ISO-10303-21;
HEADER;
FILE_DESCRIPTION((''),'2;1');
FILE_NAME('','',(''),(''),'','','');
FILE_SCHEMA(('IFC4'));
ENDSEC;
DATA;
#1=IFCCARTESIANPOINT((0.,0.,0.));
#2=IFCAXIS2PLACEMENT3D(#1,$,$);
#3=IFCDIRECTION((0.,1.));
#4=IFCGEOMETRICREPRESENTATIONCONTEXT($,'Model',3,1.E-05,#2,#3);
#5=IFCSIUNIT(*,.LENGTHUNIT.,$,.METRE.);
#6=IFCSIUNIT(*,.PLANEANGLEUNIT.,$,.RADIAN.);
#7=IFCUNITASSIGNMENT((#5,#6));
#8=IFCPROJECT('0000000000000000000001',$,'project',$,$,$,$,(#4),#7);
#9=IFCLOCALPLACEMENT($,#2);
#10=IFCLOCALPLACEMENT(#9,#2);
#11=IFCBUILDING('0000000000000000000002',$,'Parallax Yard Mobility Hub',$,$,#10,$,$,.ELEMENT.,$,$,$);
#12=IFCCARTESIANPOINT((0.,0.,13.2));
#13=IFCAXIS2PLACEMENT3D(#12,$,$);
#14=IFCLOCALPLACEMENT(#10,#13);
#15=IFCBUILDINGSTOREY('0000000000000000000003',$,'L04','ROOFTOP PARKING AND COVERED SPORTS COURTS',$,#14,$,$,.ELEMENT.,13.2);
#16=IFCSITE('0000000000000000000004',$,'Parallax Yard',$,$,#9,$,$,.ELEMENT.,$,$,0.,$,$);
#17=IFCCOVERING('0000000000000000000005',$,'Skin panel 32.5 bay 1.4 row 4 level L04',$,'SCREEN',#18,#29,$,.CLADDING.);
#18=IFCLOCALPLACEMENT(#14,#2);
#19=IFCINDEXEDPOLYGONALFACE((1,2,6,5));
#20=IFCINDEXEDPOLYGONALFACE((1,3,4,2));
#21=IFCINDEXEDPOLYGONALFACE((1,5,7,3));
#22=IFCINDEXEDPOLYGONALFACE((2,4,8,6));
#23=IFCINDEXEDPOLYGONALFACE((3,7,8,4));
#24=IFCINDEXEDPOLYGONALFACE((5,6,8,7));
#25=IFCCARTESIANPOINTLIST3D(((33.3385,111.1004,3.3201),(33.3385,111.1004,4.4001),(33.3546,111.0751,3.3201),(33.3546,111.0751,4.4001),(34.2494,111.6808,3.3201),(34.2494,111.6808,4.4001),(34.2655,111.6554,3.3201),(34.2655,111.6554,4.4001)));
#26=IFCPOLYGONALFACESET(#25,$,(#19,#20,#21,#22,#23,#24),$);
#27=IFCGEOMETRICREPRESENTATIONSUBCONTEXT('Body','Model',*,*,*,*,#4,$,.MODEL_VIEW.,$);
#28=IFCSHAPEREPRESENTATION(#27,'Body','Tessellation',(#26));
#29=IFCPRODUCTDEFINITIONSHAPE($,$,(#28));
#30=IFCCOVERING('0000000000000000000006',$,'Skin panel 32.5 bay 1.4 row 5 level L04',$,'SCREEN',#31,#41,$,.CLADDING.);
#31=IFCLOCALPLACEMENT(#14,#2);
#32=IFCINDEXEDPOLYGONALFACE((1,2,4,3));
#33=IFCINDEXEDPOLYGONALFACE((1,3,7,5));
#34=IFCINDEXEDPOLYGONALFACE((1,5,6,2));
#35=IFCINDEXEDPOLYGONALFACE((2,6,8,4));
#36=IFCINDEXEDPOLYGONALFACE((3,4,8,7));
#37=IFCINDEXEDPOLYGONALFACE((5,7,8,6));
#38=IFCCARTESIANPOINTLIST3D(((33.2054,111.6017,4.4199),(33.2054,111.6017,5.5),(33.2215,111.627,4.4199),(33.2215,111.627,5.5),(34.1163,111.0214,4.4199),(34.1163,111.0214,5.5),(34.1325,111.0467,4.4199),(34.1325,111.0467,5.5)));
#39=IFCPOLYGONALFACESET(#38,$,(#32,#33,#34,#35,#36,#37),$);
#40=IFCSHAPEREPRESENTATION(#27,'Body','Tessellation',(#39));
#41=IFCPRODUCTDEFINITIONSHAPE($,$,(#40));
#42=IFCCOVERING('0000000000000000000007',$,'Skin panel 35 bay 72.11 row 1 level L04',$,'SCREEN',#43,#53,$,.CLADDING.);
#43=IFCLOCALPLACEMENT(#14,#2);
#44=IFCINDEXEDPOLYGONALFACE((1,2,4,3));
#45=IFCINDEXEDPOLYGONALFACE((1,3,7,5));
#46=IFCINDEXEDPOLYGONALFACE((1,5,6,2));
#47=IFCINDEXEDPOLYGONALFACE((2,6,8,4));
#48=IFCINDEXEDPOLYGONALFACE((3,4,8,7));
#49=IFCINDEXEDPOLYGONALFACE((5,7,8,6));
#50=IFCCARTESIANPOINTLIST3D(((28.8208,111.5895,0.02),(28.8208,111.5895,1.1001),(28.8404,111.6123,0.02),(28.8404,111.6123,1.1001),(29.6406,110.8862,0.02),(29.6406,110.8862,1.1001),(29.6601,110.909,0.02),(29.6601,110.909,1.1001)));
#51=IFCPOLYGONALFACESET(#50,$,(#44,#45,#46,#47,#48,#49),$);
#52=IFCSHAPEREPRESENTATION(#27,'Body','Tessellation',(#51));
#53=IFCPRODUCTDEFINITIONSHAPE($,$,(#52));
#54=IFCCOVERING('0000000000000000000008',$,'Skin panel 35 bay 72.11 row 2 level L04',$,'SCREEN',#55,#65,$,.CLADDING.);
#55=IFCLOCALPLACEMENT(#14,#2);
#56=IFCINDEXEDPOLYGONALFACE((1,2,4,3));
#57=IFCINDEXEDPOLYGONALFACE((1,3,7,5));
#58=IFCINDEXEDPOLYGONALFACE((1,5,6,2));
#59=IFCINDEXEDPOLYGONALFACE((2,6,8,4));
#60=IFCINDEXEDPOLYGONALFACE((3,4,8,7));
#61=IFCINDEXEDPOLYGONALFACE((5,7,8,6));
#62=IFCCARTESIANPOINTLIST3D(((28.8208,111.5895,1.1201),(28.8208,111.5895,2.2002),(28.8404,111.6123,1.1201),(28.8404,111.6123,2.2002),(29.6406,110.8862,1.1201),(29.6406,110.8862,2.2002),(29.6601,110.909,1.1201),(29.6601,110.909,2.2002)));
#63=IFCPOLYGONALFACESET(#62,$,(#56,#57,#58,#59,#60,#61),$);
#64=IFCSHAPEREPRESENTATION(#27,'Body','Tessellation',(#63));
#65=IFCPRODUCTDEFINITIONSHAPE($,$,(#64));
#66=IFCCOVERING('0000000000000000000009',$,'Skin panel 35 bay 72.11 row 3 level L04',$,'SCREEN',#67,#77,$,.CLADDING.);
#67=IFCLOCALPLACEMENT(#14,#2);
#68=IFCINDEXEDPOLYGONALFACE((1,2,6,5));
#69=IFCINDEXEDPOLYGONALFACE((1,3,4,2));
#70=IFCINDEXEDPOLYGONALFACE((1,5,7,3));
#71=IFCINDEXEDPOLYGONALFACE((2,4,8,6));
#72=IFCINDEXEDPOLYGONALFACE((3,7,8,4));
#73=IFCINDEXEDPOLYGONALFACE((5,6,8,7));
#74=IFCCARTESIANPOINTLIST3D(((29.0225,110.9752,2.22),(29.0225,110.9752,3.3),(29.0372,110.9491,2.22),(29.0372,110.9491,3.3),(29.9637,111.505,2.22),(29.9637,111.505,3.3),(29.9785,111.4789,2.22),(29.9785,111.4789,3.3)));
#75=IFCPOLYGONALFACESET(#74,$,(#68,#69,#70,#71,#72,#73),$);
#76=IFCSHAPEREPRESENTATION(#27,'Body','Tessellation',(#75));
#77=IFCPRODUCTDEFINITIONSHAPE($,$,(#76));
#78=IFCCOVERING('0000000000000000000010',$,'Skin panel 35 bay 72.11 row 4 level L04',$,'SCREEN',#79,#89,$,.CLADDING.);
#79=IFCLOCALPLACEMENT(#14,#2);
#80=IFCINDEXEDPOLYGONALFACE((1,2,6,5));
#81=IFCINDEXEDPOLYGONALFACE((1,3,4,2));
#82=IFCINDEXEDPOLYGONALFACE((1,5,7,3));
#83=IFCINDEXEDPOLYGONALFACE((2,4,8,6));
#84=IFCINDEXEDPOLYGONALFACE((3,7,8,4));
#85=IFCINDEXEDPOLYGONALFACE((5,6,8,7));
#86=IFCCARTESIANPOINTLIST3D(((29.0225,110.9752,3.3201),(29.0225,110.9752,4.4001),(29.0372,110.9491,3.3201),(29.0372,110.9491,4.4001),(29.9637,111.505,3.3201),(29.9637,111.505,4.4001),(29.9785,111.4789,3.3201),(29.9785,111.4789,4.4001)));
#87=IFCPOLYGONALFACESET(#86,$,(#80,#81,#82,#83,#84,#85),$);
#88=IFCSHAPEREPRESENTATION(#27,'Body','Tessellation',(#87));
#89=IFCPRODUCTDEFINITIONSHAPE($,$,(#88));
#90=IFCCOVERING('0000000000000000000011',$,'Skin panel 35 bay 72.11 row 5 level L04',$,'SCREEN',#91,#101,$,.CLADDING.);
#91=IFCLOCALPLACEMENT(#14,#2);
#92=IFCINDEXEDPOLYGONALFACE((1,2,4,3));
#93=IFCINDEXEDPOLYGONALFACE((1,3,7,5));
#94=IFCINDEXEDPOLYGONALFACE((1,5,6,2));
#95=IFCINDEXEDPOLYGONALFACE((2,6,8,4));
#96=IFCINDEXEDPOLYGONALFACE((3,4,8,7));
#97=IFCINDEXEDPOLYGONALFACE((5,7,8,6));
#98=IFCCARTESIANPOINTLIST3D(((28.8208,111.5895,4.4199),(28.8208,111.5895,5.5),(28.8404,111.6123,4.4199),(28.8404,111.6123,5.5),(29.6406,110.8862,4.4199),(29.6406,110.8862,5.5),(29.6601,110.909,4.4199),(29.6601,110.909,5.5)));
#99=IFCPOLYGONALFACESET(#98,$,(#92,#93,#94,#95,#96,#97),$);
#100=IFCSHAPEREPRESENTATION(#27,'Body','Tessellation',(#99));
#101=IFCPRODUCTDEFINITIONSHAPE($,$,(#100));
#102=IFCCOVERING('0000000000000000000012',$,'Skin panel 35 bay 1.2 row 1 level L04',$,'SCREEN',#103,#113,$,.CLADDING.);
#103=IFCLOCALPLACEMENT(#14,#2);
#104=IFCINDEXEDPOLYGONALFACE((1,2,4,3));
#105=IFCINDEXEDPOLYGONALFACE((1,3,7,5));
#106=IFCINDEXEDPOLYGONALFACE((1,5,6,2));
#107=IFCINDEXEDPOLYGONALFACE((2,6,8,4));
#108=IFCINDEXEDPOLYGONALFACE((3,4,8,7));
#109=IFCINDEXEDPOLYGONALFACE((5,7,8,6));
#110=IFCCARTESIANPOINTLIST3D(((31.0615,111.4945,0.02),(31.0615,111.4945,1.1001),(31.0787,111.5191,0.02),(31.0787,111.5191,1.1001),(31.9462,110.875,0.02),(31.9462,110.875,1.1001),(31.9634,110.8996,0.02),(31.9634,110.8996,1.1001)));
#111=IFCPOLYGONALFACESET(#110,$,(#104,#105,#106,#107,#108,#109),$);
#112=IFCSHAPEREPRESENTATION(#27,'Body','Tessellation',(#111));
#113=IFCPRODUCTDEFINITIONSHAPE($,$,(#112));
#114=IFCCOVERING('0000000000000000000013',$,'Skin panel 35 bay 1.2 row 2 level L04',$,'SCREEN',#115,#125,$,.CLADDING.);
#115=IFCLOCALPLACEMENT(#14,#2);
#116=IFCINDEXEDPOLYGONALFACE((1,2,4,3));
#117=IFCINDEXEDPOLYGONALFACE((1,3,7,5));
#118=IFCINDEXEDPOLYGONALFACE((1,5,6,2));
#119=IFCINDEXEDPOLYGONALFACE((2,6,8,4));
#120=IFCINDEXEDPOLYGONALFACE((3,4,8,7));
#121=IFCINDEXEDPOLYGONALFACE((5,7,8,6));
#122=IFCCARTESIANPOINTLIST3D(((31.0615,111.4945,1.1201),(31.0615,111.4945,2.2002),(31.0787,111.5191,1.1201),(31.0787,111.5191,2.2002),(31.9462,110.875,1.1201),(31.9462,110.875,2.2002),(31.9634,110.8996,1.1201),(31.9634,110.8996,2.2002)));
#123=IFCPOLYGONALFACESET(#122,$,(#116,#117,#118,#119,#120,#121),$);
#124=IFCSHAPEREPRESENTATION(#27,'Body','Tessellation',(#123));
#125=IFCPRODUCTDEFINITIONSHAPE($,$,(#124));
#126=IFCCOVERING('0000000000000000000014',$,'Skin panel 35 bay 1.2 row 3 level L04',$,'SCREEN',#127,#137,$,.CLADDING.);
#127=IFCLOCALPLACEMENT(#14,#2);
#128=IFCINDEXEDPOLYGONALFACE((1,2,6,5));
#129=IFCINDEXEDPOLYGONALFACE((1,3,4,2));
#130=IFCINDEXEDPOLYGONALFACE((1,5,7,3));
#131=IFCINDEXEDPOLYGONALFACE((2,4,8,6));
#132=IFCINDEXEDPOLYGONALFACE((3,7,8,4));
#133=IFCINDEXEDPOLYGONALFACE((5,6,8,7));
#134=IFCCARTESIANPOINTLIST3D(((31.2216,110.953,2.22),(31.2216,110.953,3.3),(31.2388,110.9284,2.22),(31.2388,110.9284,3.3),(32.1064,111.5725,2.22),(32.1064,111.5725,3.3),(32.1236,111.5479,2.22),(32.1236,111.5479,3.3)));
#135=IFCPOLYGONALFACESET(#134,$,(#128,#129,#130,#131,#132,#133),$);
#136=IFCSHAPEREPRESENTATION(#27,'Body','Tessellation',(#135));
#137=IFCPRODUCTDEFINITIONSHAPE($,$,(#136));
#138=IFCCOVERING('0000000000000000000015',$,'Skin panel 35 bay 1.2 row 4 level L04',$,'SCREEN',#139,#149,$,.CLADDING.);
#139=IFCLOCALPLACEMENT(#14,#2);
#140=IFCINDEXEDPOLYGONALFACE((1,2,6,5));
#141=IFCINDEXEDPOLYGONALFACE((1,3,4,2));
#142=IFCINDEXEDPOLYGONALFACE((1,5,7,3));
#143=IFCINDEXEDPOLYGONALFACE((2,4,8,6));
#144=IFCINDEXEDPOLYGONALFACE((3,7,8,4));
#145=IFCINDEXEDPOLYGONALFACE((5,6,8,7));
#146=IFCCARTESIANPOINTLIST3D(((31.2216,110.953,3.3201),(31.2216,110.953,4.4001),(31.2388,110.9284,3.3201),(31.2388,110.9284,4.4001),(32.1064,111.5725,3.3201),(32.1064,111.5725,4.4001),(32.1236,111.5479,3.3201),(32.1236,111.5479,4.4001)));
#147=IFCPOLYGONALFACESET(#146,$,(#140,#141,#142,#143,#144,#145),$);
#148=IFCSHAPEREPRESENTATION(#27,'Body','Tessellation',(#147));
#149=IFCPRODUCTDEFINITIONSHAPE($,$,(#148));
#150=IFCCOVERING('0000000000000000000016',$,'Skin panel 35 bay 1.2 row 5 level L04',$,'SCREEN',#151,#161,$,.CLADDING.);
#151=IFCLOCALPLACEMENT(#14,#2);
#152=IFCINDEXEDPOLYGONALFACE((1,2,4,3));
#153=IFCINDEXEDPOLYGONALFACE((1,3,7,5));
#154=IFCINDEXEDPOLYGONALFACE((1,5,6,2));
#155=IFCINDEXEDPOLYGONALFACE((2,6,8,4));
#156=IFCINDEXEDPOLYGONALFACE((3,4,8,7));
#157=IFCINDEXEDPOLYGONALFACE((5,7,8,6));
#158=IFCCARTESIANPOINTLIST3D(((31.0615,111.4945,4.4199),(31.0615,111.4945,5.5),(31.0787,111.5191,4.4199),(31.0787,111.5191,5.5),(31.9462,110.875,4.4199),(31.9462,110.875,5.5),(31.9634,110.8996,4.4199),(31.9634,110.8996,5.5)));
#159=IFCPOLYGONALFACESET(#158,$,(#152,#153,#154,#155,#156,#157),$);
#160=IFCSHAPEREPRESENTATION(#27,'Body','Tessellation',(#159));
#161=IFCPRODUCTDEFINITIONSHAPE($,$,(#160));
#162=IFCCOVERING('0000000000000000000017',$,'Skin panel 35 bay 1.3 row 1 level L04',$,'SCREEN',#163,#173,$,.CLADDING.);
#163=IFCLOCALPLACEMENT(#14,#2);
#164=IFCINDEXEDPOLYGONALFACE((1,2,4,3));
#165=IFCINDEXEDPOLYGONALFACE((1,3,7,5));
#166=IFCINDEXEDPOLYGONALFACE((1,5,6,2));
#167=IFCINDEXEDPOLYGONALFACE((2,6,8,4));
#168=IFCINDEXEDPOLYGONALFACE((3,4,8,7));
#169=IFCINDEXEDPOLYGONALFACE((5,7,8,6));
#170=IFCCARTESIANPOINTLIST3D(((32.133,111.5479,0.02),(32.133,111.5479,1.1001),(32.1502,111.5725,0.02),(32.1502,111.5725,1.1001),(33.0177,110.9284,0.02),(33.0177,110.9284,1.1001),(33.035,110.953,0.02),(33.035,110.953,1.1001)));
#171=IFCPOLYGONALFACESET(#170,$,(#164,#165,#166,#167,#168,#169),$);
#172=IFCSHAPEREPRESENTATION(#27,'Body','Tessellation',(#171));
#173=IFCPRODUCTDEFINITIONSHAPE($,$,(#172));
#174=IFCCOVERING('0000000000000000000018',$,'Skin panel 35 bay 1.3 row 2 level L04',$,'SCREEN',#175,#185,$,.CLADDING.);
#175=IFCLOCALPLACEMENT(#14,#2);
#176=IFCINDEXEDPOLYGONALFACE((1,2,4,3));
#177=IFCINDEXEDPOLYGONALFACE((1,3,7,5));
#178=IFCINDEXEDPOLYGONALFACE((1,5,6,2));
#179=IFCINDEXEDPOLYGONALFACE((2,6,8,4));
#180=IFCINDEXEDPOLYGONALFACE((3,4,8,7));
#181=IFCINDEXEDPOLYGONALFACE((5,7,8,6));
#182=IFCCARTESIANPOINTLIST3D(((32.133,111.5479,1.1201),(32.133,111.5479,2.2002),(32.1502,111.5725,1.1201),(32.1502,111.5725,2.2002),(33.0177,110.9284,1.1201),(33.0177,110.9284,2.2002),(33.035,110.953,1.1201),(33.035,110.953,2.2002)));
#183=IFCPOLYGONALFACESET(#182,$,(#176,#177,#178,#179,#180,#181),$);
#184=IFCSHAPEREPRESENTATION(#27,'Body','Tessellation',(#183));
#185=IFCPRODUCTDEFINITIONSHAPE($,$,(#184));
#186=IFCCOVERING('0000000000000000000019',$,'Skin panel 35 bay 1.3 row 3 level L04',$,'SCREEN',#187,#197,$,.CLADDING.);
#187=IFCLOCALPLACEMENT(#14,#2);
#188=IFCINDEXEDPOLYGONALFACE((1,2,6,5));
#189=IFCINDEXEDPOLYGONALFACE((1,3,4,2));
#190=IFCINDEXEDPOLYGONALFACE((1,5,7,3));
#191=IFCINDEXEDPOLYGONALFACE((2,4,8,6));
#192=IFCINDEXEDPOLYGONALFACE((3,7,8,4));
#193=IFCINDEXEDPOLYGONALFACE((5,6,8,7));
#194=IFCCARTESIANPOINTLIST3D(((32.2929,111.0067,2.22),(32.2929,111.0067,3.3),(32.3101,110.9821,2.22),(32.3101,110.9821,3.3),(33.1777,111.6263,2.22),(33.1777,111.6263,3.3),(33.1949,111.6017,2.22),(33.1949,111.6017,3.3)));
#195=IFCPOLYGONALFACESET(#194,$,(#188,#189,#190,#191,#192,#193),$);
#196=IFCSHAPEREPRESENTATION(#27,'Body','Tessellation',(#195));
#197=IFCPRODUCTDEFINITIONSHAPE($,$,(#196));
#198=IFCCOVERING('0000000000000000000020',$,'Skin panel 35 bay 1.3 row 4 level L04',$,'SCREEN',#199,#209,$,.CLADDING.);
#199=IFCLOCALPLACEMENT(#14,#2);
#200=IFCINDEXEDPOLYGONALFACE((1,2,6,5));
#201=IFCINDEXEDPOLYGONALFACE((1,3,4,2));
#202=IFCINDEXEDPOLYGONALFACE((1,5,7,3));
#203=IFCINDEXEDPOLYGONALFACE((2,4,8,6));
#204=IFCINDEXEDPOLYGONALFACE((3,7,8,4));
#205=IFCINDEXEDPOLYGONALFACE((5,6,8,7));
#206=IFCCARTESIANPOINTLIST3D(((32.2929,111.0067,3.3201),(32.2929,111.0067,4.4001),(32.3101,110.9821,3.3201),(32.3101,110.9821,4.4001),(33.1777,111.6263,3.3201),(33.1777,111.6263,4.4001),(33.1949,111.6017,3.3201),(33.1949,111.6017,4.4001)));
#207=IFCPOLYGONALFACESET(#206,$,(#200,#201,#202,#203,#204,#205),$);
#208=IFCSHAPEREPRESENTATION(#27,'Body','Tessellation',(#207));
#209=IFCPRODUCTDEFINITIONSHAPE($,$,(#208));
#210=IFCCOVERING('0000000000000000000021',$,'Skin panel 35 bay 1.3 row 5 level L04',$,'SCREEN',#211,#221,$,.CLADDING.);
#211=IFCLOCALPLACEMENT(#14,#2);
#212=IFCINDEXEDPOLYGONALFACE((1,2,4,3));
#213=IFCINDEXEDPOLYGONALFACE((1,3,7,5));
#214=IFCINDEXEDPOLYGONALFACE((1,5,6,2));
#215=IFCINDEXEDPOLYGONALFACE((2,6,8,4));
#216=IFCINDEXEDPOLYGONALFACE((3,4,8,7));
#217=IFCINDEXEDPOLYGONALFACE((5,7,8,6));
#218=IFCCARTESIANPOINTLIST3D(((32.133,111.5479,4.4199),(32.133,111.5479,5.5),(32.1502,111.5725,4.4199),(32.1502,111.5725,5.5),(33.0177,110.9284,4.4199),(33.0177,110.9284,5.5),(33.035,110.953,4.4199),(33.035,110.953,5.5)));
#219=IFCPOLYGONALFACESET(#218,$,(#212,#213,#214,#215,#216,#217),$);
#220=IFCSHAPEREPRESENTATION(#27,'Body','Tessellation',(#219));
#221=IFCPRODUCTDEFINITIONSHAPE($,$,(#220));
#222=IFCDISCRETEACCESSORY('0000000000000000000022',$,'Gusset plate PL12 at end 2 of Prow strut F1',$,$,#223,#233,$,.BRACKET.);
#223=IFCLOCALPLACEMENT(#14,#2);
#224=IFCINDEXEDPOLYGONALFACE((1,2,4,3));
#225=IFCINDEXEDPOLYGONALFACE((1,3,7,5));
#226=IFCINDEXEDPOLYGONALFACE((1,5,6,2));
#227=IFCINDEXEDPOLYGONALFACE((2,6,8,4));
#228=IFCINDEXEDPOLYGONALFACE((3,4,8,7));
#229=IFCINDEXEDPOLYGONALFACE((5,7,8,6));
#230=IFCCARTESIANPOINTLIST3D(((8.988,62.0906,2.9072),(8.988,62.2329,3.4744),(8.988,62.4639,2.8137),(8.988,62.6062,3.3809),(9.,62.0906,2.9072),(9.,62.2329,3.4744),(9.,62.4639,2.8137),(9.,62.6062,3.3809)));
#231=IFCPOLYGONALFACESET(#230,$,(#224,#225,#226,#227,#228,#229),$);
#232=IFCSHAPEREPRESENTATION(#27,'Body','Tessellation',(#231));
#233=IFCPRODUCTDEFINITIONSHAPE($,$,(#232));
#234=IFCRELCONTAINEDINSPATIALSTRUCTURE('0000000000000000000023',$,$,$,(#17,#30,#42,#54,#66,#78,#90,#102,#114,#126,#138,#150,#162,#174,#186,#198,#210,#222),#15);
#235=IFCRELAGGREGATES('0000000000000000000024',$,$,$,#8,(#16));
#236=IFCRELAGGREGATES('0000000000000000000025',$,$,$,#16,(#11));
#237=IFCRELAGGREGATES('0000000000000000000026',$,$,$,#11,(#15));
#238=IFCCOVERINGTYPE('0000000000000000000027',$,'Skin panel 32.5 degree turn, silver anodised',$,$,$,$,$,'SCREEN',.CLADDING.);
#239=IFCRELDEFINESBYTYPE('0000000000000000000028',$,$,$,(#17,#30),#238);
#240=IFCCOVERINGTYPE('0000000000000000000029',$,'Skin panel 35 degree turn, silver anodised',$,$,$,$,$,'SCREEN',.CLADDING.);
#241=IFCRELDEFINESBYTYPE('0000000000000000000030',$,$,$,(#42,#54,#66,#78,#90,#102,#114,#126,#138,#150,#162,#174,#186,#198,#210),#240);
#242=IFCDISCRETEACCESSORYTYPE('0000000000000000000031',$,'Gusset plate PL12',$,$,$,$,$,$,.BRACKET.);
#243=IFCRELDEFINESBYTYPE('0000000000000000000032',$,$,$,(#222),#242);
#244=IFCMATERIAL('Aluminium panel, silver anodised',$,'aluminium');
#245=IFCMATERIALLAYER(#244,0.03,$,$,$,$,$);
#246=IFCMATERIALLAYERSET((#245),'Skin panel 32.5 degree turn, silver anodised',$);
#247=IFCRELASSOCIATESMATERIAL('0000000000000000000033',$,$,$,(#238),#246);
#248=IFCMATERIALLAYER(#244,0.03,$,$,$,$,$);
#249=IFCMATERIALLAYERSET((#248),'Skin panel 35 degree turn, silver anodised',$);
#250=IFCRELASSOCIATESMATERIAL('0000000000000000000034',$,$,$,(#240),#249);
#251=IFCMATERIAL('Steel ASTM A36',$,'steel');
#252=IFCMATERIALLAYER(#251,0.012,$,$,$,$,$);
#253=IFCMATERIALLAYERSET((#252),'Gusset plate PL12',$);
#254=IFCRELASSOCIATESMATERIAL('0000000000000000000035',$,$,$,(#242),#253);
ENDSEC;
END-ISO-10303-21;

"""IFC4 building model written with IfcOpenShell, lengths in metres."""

from ifc_helpers import new_model, si_unit, direction, frame, origin, origin_2d, place, context, subcontext, project, spatial, polyline, rectangle, outline, extrude, material, layer, layer_set, type_object, element, save


model = new_model("IFC4")

# Units and contexts
model_context = context("Model", 3, precision=1e-05, world=origin(), true_north=direction((0.0, 1.0)))
body_context = subcontext(model_context, "Body", "Model", "MODEL_VIEW")
ifc_project = project(units=[si_unit("LENGTHUNIT", "METRE"), si_unit("PLANEANGLEUNIT", "RADIAN")], contexts=[model_context])

# Site, building, storey
site_placement = place(None, origin())
site = spatial("IfcSite", under=ifc_project, at=site_placement, Name="Parallax Yard", CompositionType="ELEMENT", RefElevation=0.0)
building_placement = place(site_placement, origin())
building = spatial("IfcBuilding", under=site, at=building_placement, Name="Parallax Yard Mobility Hub", CompositionType="ELEMENT")
storey_placement = place(building_placement, frame((0.0, 0.0, 13.2)))
storey = spatial("IfcBuildingStorey", under=building, at=storey_placement, Name="L04", Description="ROOFTOP PARKING AND COVERED SPORTS COURTS", CompositionType="ELEMENT", Elevation=13.2)

# Coverings
ifc_material_1 = material(Name="Aluminium panel, silver anodised", Category="aluminium")
ifc_layer_1 = layer(ifc_material_1, 0.03)
ifc_layer_set_1 = layer_set([ifc_layer_1], Name="Skin panel 32.5 degree turn, silver anodised")
covering_type_1 = type_object("IfcCoveringType", Name="Skin panel 32.5 degree turn, silver anodised", ElementType="SCREEN", PredefinedType="CLADDING", material=ifc_layer_set_1)
for number, where, z_axis, x_axis, name in (
    (1, (33.802, 111.3779, 3.3201), (0.0, 0.0, 1.0), (-0.843391, -0.5373, 0.0), "Skin panel 32.5 bay 1.4 row 4 level L04"),
    (2, (33.6689, 111.3242, 4.4199), (0.0, 0.0, 1.0), (0.843391, -0.5373, 0.0), "Skin panel 32.5 bay 1.4 row 5 level L04"),
):
    element("IfcCovering", number, at=place(storey_placement, frame(where, z_axis=z_axis, x_axis=x_axis)), inside=storey, type_object=covering_type_1, Name=name, ObjectType="SCREEN", PredefinedType="CLADDING", context=body_context, shape_type="SweptSolid", body=[
        extrude(rectangle(XDim=1.0801, YDim=0.03, at=origin_2d()), origin(), (0.0, 0.0, 1.0), 1.0801),
    ])
ifc_layer_2 = layer(ifc_material_1, 0.03)
ifc_layer_set_2 = layer_set([ifc_layer_2], Name="Skin panel 35 degree turn, silver anodised")
covering_type_2 = type_object("IfcCoveringType", Name="Skin panel 35 degree turn, silver anodised", ElementType="SCREEN", PredefinedType="CLADDING", material=ifc_layer_set_2)
for number, where, z_axis, x_axis, name in (
    (3, (29.2405, 111.2493, 0.02), (0.0, 0.0, 1.0), (0.758987, -0.651105, 0.0), "Skin panel 35 bay 72.11 row 1 level L04"),
    (4, (29.2405, 111.2493, 1.1201), (0.0, 0.0, 1.0), (0.758987, -0.651105, 0.0), "Skin panel 35 bay 72.11 row 2 level L04"),
    (5, (29.5005, 111.2271, 2.22), (0.0, 0.0, 1.0), (-0.871428, -0.490524, 0.0), "Skin panel 35 bay 72.11 row 3 level L04"),
    (6, (29.5005, 111.2271, 3.3201), (0.0, 0.0, 1.0), (-0.871428, -0.490524, 0.0), "Skin panel 35 bay 72.11 row 4 level L04"),
    (7, (29.2405, 111.2493, 4.4199), (0.0, 0.0, 1.0), (0.758987, -0.651105, 0.0), "Skin panel 35 bay 72.11 row 5 level L04"),
    (8, (31.5125, 111.197, 0.02), (0.0, 0.0, 1.0), (0.819152, -0.573576, 0.0), "Skin panel 35 bay 1.2 row 1 level L04"),
    (9, (31.5125, 111.197, 1.1201), (0.0, 0.0, 1.0), (0.819152, -0.573576, 0.0), "Skin panel 35 bay 1.2 row 2 level L04"),
    (10, (31.6726, 111.2505, 2.22), (0.0, 0.0, 1.0), (-0.819152, -0.573576, 0.0), "Skin panel 35 bay 1.2 row 3 level L04"),
    (11, (31.6726, 111.2505, 3.3201), (0.0, 0.0, 1.0), (-0.819152, -0.573576, 0.0), "Skin panel 35 bay 1.2 row 4 level L04"),
    (12, (31.5125, 111.197, 4.4199), (0.0, 0.0, 1.0), (0.819152, -0.573576, 0.0), "Skin panel 35 bay 1.2 row 5 level L04"),
    (13, (32.584, 111.2505, 0.02), (0.0, 0.0, 1.0), (0.819152, -0.573576, 0.0), "Skin panel 35 bay 1.3 row 1 level L04"),
    (14, (32.584, 111.2505, 1.1201), (0.0, 0.0, 1.0), (0.819152, -0.573576, 0.0), "Skin panel 35 bay 1.3 row 2 level L04"),
    (15, (32.7439, 111.3042, 2.22), (0.0, 0.0, 1.0), (-0.819152, -0.573576, 0.0), "Skin panel 35 bay 1.3 row 3 level L04"),
    (16, (32.7439, 111.3042, 3.3201), (0.0, 0.0, 1.0), (-0.819152, -0.573576, 0.0), "Skin panel 35 bay 1.3 row 4 level L04"),
    (17, (32.584, 111.2505, 4.4199), (0.0, 0.0, 1.0), (0.819152, -0.573576, 0.0), "Skin panel 35 bay 1.3 row 5 level L04"),
):
    element("IfcCovering", number, at=place(storey_placement, frame(where, z_axis=z_axis, x_axis=x_axis)), inside=storey, type_object=covering_type_2, Name=name, ObjectType="SCREEN", PredefinedType="CLADDING", context=body_context, shape_type="SweptSolid", body=[
        extrude(rectangle(XDim=1.0801, YDim=0.03, at=origin_2d()), origin(), (0.0, 0.0, 1.0), 1.0801),
    ])

# Discrete accessory
ifc_material_2 = material(Name="Steel ASTM A36", Category="steel")
ifc_layer_3 = layer(ifc_material_2, 0.012)
ifc_layer_set_3 = layer_set([ifc_layer_3], Name="Gusset plate PL12")
discrete_accessory_type = type_object("IfcDiscreteAccessoryType", Name="Gusset plate PL12", PredefinedType="BRACKET", material=ifc_layer_set_3)
discrete_accessory_placement = place(storey_placement, frame((9.0, 62.4639, 2.8137), z_axis=(1.0, 0.0, 0.0), x_axis=(0.0, 0.24342, 0.969921)))
element("IfcDiscreteAccessory", 18, at=discrete_accessory_placement, inside=storey, type_object=discrete_accessory_type, Name="Gusset plate PL12 at end 2 of Prow strut F1", PredefinedType="BRACKET", context=body_context, shape_type="SweptSolid", body=[
    extrude(outline(polyline([(0.0, 0.0), (0.5847, 0.0), (0.5846, 0.3848), (-0.0002, 0.3848), (0.0, 0.0)])), origin(), (0.0, 0.0, -1.0), 0.012),
])

save(model, "model.ifc")
